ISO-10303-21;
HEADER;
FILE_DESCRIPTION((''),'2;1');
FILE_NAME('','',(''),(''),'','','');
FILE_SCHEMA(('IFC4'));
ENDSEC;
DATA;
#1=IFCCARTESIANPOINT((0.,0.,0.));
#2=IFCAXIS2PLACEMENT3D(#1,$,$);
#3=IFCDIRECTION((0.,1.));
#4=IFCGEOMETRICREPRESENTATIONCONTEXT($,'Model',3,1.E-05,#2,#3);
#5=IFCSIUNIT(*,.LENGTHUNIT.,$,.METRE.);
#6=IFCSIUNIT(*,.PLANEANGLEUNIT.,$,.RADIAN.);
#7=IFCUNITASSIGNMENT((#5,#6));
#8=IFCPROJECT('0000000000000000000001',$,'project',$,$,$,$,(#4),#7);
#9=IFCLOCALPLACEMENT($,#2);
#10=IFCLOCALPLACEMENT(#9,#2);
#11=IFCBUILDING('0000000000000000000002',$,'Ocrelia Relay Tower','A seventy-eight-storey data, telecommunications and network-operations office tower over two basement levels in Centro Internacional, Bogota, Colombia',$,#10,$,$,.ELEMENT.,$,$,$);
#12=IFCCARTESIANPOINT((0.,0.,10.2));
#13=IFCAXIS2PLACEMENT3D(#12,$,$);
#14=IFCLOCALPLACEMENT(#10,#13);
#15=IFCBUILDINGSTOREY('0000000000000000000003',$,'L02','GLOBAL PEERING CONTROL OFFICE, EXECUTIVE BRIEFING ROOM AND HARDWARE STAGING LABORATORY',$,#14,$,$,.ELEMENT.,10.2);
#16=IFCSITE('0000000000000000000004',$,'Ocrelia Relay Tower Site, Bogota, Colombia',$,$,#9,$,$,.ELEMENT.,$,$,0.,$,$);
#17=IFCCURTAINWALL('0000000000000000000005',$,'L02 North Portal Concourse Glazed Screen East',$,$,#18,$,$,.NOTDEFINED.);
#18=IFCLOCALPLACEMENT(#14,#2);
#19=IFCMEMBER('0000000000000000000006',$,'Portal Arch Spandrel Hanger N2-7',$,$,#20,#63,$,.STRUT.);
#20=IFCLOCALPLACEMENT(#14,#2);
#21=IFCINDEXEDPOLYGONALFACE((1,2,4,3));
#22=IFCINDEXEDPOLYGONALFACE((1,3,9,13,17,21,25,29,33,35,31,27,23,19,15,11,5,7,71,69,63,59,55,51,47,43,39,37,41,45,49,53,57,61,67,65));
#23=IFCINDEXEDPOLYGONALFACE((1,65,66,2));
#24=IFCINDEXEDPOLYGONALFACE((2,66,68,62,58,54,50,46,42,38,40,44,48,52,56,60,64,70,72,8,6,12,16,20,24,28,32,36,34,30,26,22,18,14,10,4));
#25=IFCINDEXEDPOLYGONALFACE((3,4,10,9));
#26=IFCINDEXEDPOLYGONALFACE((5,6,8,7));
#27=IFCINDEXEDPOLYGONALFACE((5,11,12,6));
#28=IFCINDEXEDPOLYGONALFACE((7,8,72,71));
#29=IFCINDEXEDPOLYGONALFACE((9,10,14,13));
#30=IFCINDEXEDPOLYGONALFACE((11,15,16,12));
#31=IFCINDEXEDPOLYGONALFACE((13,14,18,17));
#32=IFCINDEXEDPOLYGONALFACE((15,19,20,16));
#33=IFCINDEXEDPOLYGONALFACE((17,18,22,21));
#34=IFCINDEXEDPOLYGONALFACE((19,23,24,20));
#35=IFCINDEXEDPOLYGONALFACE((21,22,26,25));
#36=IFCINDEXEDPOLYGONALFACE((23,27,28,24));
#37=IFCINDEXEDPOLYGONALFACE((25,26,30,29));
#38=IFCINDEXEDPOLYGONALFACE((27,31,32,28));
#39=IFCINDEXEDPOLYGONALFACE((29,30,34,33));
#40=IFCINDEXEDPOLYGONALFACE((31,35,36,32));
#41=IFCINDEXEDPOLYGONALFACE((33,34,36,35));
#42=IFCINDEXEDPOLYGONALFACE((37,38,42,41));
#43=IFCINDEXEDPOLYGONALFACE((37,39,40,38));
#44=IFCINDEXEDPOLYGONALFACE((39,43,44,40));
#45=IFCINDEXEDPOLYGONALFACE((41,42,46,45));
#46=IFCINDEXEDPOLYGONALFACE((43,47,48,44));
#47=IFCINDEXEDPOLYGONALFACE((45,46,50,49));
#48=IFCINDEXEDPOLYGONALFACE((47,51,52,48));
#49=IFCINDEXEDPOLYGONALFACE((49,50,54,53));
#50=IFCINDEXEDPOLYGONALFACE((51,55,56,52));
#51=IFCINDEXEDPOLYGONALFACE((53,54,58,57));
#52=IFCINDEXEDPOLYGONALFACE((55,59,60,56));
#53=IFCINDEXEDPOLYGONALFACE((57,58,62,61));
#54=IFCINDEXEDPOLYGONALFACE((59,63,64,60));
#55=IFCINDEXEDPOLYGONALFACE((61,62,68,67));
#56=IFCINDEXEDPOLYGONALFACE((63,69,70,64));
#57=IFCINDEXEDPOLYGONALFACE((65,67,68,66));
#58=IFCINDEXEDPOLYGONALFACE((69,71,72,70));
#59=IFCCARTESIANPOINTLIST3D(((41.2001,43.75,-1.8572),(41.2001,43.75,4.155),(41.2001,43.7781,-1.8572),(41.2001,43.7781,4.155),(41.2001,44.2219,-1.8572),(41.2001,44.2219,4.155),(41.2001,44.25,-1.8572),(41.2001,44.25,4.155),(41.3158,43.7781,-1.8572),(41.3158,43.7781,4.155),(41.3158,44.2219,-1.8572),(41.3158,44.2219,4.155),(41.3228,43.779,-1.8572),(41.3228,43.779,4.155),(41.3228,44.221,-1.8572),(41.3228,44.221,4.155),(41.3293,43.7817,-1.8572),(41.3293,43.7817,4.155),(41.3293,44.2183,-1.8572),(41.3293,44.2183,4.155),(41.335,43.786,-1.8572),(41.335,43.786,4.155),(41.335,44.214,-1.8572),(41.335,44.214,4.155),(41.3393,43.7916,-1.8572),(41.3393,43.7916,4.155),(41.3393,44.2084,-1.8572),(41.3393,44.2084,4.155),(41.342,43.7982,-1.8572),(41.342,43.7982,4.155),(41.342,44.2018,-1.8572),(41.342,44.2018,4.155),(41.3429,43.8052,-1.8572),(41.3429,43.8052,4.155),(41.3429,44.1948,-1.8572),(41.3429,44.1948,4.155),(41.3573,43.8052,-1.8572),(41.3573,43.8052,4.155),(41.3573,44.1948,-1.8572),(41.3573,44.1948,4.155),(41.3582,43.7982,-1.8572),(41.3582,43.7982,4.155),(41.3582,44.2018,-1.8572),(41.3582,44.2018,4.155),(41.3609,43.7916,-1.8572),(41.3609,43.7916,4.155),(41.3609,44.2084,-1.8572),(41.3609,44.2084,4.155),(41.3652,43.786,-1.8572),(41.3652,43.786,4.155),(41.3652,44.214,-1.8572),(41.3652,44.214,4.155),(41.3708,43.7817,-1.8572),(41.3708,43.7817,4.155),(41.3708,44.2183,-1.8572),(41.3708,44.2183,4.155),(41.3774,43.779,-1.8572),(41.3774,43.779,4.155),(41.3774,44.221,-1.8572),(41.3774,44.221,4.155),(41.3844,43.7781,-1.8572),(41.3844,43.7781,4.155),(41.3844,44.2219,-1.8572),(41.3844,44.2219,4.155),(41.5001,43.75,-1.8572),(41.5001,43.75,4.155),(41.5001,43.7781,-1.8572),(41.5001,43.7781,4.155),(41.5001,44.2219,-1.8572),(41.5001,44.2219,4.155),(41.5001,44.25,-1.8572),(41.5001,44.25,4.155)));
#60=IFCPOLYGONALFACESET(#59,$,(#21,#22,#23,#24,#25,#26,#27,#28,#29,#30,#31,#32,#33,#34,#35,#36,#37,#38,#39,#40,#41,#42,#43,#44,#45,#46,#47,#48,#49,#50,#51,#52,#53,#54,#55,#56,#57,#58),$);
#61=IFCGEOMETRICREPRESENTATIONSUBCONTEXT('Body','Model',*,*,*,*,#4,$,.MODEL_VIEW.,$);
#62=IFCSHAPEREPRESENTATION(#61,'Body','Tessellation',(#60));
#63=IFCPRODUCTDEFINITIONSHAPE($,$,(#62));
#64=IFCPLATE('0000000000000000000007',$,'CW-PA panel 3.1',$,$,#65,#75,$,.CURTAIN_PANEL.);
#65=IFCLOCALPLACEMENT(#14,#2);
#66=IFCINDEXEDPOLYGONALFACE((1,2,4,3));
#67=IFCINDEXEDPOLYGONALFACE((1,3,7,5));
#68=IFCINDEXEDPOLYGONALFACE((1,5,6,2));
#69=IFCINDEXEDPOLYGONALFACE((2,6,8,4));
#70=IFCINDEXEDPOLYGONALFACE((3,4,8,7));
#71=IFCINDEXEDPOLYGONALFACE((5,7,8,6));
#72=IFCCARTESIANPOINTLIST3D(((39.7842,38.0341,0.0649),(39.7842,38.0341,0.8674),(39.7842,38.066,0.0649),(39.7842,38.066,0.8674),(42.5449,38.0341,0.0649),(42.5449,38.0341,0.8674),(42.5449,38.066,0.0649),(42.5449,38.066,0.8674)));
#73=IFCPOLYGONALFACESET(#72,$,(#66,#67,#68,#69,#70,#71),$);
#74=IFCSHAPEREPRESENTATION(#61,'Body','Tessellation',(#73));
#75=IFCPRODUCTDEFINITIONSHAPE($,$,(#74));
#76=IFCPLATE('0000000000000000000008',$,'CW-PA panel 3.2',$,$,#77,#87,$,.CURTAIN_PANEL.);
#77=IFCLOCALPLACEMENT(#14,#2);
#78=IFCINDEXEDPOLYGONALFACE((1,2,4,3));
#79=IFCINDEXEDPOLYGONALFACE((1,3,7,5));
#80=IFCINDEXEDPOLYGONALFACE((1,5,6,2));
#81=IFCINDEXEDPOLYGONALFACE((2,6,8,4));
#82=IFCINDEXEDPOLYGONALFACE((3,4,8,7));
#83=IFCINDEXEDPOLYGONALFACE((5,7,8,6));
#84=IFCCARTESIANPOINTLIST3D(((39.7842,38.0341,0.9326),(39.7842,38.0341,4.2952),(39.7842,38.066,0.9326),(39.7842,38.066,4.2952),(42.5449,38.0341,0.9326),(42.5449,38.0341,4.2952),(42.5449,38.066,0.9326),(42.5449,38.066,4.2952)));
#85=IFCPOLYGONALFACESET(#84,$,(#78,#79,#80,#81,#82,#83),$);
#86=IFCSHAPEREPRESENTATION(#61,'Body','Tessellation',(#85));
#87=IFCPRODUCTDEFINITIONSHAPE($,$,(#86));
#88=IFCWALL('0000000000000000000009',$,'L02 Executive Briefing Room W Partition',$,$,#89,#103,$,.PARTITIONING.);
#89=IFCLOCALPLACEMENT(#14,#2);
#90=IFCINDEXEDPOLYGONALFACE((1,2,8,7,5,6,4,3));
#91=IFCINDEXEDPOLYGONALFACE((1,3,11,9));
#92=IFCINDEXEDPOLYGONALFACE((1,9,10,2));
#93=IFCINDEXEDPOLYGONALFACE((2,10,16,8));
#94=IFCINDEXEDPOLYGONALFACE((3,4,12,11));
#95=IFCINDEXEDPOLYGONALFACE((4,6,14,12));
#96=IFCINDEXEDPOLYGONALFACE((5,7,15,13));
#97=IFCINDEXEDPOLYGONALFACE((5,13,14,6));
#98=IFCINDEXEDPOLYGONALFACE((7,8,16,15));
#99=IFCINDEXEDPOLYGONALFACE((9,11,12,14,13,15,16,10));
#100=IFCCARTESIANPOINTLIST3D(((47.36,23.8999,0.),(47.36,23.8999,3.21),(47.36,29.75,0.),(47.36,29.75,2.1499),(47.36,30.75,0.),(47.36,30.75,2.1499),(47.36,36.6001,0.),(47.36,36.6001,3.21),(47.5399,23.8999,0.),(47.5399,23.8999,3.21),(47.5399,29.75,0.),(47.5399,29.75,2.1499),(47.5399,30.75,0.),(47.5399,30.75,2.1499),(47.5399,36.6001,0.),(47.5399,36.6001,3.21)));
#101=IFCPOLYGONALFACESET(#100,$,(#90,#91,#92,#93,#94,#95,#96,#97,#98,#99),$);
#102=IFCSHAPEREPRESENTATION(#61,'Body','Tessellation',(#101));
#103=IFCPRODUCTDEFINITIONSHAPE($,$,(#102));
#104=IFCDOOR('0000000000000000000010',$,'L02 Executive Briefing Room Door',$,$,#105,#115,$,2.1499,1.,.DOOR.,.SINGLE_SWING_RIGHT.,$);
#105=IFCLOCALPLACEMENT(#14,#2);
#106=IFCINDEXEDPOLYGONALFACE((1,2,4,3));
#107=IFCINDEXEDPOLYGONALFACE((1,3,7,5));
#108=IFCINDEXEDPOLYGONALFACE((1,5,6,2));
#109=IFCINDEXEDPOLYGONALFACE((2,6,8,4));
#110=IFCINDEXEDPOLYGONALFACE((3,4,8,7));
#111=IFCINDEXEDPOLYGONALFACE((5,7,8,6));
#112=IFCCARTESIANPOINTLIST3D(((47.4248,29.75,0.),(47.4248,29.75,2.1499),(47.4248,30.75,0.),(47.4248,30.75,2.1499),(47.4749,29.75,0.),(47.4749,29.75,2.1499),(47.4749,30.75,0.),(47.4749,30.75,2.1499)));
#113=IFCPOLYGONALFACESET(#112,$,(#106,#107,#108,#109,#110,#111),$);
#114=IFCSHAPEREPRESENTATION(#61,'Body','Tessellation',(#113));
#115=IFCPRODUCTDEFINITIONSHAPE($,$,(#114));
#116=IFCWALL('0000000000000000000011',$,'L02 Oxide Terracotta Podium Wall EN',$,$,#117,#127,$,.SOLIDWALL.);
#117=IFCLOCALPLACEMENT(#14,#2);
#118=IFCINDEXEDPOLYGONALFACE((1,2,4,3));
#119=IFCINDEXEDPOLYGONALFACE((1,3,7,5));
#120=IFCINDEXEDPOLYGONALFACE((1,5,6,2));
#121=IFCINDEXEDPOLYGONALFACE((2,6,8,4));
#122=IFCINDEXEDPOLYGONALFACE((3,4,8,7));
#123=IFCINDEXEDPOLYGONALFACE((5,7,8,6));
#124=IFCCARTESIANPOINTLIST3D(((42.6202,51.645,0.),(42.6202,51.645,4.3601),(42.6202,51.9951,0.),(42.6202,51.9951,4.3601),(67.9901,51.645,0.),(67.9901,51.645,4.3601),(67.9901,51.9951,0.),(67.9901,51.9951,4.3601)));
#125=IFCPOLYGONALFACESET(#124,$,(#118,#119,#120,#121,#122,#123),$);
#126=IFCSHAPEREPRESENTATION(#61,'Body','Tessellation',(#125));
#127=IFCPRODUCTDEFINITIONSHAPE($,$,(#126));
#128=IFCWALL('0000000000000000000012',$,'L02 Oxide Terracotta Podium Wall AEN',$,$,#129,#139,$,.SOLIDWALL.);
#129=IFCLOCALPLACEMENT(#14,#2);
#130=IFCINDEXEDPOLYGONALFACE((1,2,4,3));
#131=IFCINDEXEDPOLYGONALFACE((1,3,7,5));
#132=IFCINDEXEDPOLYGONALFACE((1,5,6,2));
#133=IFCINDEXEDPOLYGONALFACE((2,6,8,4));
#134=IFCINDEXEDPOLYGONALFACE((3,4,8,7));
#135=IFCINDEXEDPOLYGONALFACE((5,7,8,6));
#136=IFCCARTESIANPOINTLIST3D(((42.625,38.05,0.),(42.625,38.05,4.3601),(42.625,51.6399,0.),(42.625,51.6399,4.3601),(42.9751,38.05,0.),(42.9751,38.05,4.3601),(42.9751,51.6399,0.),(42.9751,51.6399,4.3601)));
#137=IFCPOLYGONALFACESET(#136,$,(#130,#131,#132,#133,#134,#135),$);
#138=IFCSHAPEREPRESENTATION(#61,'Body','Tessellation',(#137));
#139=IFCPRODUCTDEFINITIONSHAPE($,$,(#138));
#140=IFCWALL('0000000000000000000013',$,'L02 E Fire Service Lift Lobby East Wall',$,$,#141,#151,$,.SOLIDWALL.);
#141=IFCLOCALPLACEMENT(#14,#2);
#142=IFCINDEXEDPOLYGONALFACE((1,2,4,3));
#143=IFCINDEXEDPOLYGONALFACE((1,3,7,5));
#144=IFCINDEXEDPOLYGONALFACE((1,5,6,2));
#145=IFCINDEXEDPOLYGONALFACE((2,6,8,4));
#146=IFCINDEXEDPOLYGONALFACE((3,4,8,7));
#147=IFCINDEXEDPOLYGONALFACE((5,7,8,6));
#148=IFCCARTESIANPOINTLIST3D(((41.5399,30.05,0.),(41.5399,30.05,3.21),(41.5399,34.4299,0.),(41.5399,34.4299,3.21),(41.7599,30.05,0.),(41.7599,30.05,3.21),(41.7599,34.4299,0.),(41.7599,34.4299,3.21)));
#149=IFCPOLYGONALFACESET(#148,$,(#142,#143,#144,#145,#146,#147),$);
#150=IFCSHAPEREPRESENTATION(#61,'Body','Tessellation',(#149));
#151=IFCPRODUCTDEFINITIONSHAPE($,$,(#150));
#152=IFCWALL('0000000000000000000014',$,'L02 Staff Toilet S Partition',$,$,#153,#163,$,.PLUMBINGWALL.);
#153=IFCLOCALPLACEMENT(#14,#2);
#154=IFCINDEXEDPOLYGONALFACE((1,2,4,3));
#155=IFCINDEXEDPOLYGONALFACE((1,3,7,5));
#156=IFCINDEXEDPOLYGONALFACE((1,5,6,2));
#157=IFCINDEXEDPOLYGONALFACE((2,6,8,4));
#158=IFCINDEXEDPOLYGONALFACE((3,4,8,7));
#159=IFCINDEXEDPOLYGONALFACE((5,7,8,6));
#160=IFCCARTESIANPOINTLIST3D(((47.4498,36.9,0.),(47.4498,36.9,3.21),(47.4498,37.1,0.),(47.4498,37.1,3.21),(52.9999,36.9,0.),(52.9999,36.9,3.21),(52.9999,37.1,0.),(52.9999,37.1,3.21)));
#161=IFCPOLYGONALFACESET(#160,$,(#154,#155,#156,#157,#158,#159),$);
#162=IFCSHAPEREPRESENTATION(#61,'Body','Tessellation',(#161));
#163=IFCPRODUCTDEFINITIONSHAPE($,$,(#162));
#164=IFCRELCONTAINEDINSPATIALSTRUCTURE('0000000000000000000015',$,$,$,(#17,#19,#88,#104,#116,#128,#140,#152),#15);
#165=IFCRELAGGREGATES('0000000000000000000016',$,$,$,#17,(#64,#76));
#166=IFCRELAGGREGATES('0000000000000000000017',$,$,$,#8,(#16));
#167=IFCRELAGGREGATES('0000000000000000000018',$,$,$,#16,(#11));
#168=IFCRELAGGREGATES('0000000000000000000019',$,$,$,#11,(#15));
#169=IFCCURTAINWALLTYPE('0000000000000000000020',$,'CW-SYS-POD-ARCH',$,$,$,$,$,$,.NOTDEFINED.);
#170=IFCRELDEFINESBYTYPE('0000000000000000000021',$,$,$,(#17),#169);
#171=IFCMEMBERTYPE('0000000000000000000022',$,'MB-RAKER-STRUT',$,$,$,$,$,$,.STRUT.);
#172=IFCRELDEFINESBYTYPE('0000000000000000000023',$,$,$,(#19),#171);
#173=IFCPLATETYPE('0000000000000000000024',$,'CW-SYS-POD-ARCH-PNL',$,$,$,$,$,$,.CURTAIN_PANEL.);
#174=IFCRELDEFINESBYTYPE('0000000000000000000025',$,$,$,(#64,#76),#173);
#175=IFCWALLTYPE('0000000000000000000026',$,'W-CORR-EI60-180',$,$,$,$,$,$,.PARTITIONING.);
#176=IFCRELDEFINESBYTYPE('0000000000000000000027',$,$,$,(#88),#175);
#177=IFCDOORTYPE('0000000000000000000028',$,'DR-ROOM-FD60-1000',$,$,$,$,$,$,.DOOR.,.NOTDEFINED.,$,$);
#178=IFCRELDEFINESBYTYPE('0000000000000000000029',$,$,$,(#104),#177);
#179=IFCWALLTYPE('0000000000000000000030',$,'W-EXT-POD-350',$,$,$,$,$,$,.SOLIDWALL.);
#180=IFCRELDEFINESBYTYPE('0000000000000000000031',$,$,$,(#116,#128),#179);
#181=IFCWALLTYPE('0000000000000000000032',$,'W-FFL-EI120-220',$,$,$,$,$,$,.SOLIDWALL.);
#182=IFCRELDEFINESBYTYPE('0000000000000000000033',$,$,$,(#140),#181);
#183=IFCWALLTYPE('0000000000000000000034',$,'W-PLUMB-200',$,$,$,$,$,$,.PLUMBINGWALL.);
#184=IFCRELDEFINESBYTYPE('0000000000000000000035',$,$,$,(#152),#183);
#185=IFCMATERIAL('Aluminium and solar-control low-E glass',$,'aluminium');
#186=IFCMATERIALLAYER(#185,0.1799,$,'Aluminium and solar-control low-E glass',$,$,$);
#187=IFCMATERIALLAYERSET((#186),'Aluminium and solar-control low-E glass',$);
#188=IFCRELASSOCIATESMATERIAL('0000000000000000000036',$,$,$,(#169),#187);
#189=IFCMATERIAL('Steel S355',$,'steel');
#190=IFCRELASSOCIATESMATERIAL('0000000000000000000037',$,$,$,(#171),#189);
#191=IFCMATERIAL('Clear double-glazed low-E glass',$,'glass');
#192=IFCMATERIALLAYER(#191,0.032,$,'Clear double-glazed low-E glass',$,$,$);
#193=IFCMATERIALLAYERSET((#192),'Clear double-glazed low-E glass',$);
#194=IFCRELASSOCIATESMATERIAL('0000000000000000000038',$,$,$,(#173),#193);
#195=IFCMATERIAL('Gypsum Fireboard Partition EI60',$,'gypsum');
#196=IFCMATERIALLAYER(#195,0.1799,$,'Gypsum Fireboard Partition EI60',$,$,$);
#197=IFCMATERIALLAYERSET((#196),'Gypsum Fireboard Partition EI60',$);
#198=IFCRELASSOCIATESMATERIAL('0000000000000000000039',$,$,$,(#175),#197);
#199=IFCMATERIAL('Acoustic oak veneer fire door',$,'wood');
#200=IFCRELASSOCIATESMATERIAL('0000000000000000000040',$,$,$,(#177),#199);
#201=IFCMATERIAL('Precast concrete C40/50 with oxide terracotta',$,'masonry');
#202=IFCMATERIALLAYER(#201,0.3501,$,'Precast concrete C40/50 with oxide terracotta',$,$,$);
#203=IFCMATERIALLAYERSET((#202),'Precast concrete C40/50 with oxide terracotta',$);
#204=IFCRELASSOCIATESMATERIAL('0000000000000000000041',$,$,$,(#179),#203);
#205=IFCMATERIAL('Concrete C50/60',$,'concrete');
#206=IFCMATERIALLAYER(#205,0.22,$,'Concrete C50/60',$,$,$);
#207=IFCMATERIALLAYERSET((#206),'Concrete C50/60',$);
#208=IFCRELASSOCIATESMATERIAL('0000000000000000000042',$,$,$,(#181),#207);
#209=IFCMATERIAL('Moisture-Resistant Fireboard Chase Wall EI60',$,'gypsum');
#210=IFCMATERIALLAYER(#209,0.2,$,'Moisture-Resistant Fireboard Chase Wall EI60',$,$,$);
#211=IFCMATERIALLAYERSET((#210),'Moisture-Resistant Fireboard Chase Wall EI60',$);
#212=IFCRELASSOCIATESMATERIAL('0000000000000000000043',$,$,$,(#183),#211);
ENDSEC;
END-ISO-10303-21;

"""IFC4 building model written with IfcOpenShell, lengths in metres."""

from ifc_helpers import new_model, si_unit, direction, frame, frame_2d, origin, origin_2d, place, context, subcontext, project, spatial, rectangle, i_section, extrude, material, layer, layer_set, material_profile, profile_set, type_object, element, fill, aggregate, save


model = new_model("IFC4")

# Units and contexts
model_context = context("Model", 3, precision=1e-05, world=origin(), true_north=direction((0.0, 1.0)))
body_context = subcontext(model_context, "Body", "Model", "MODEL_VIEW")
ifc_project = project(units=[si_unit("LENGTHUNIT", "METRE"), si_unit("PLANEANGLEUNIT", "RADIAN")], contexts=[model_context])

# Site, building, storey
site_placement = place(None, origin())
site = spatial("IfcSite", under=ifc_project, at=site_placement, Name="Ocrelia Relay Tower Site, Bogota, Colombia", CompositionType="ELEMENT", RefElevation=0.0)
building_placement = place(site_placement, origin())
building = spatial("IfcBuilding", under=site, at=building_placement, Name="Ocrelia Relay Tower", Description="A seventy-eight-storey data, telecommunications and network-operations office tower over two basement levels in Centro Internacional, Bogota, Colombia", CompositionType="ELEMENT")
storey_placement = place(building_placement, frame((0.0, 0.0, 10.2)))
storey = spatial("IfcBuildingStorey", under=building, at=storey_placement, Name="L02", Description="GLOBAL PEERING CONTROL OFFICE, EXECUTIVE BRIEFING ROOM AND HARDWARE STAGING LABORATORY", CompositionType="ELEMENT", Elevation=10.2)

# Shared definitions
ifc_material_1 = material(Name="Steel S355", Category="steel")

# Curtain wall
ifc_material_2 = material(Name="Aluminium and solar-control low-E glass", Category="aluminium")
ifc_layer_1 = layer(ifc_material_2, 0.1799, Name="Aluminium and solar-control low-E glass")
ifc_layer_set_1 = layer_set([ifc_layer_1], Name="Aluminium and solar-control low-E glass")
curtain_wall_type = type_object("IfcCurtainWallType", Name="CW-SYS-POD-ARCH", PredefinedType="NOTDEFINED", material=ifc_layer_set_1)
curtain_wall_placement = place(storey_placement, origin())
curtain_wall = element("IfcCurtainWall", 1, at=curtain_wall_placement, inside=storey, type_object=curtain_wall_type, Name="L02 North Portal Concourse Glazed Screen East", PredefinedType="NOTDEFINED")

# Member
ifc_material_profile_1 = material_profile(ifc_material_1, i_section(OverallWidth=0.3, OverallDepth=0.5, WebThickness=0.0144, FlangeThickness=0.0281, FilletRadius=0.0271, at=origin_2d()), Name="HEB 500")
ifc_profile_set_1 = profile_set([ifc_material_profile_1], Name="Steel S355")
member_type_1 = type_object("IfcMemberType", Name="MB-RAKER-STRUT", PredefinedType="STRUT", material=ifc_profile_set_1)
for number, where, z_axis, x_axis, name in (
    (2, (41.3501, 44.0, -1.8572), (0.0, 0.0, 1.0), (1.0, 0.0, 0.0), "Portal Arch Spandrel Hanger N2-7"),
):
    element("IfcMember", number, at=place(storey_placement, frame(where, z_axis=z_axis, x_axis=x_axis)), inside=storey, type_object=member_type_1, Name=name, PredefinedType="STRUT", context=body_context, shape_type="SweptSolid", body=[
        extrude(i_section(OverallWidth=0.3, OverallDepth=0.5, WebThickness=0.0144, FlangeThickness=0.0281, FilletRadius=0.0271, at=origin_2d()), origin(), (0.0, 0.0, 1.0), 6.0122),
    ])

# Plates
ifc_material_3 = material(Name="Clear double-glazed low-E glass", Category="glass")
ifc_layer_2 = layer(ifc_material_3, 0.032, Name="Clear double-glazed low-E glass")
ifc_layer_set_2 = layer_set([ifc_layer_2], Name="Clear double-glazed low-E glass")
plate_type = type_object("IfcPlateType", Name="CW-SYS-POD-ARCH-PNL", PredefinedType="CURTAIN_PANEL", material=ifc_layer_set_2)
plate_1_placement = place(storey_placement, frame((41.1646, 38.05, 0.0649), z_axis=(0.0, 0.0, 1.0), x_axis=(1.0, 0.0, 0.0)))
plate_1 = element("IfcPlate", 3, at=plate_1_placement, type_object=plate_type, Name="CW-PA panel 3.1", PredefinedType="CURTAIN_PANEL", context=body_context, shape_type="SweptSolid", body=[
    extrude(rectangle(XDim=2.7607, YDim=0.032, at=origin_2d()), origin(), (0.0, 0.0, 1.0), 0.8025),
])
plate_2_placement = place(storey_placement, frame((41.1646, 38.05, 0.9326), z_axis=(0.0, 0.0, 1.0), x_axis=(1.0, 0.0, 0.0)))
plate_2 = element("IfcPlate", 4, at=plate_2_placement, type_object=plate_type, Name="CW-PA panel 3.2", PredefinedType="CURTAIN_PANEL", context=body_context, shape_type="SweptSolid", body=[
    extrude(rectangle(XDim=2.7607, YDim=0.032, at=origin_2d()), origin(), (0.0, 0.0, 1.0), 3.3625),
])
aggregate(curtain_wall, [plate_1, plate_2])

# Wall, opening, door
ifc_material_4 = material(Name="Gypsum Fireboard Partition EI60", Category="gypsum")
ifc_layer_3 = layer(ifc_material_4, 0.1799, Name="Gypsum Fireboard Partition EI60")
ifc_layer_set_3 = layer_set([ifc_layer_3], Name="Gypsum Fireboard Partition EI60")
wall_type_1 = type_object("IfcWallType", Name="W-CORR-EI60-180", PredefinedType="PARTITIONING", material=ifc_layer_set_3)
wall_1_placement = place(storey_placement, frame((47.45, 36.6001, 0.0), z_axis=(0.0, 0.0, 1.0), x_axis=(0.0, -1.0, 0.0)))
wall_1 = element("IfcWall", 5, at=wall_1_placement, inside=storey, type_object=wall_type_1, Name="L02 Executive Briefing Room W Partition", PredefinedType="PARTITIONING", context=body_context, shape_type="SweptSolid", body=[
    extrude(rectangle(XDim=12.7002, YDim=0.1799, at=frame_2d((6.3501, 0.0))), origin(), (0.0, 0.0, 1.0), 3.21),
])
opening_placement = place(wall_1_placement, frame((5.8501, 0.0, 0.0)))
opening = element("IfcOpeningElement", 6, at=opening_placement, cuts=wall_1, PredefinedType="OPENING", context=body_context, shape_type="SweptSolid", body=[
    extrude(rectangle(XDim=1.0, YDim=2.1499, at=frame_2d((0.5, 1.075))), frame((0.0, 0.1001, 0.0), z_axis=(0.0, -1.0, 0.0), x_axis=(1.0, 0.0, 0.0)), (0.0, 0.0, 1.0), 0.2),
])
ifc_material_5 = material(Name="Acoustic oak veneer fire door", Category="wood")
door_type = type_object("IfcDoorType", Name="DR-ROOM-FD60-1000", OperationType="NOTDEFINED", PredefinedType="DOOR", material=ifc_material_5)
door_placement = place(opening_placement, origin())
door = element("IfcDoor", 7, at=door_placement, inside=storey, type_object=door_type, Name="L02 Executive Briefing Room Door", OperationType="SINGLE_SWING_RIGHT", OverallHeight=2.1499, OverallWidth=1.0, PredefinedType="DOOR", context=body_context, shape_type="SweptSolid", body=[
    extrude(rectangle(XDim=1.0, YDim=2.1499, at=frame_2d((0.5, 1.075))), frame((0.0, 0.0249, 0.0), z_axis=(0.0, -1.0, 0.0), x_axis=(1.0, 0.0, 0.0)), (0.0, 0.0, 1.0), 0.05),
])
fill(opening, door)

# Walls
ifc_material_6 = material(Name="Precast concrete C40/50 with oxide terracotta", Category="masonry")
ifc_layer_4 = layer(ifc_material_6, 0.3501, Name="Precast concrete C40/50 with oxide terracotta")
ifc_layer_set_4 = layer_set([ifc_layer_4], Name="Precast concrete C40/50 with oxide terracotta")
wall_type_2 = type_object("IfcWallType", Name="W-EXT-POD-350", PredefinedType="SOLIDWALL", material=ifc_layer_set_4)
wall_2_placement = place(storey_placement, frame((42.6201, 51.8201, 0.0), z_axis=(0.0, 0.0, 1.0), x_axis=(1.0, 0.0, 0.0)))
element("IfcWall", 8, at=wall_2_placement, inside=storey, type_object=wall_type_2, Name="L02 Oxide Terracotta Podium Wall EN", PredefinedType="SOLIDWALL", context=body_context, shape_type="SweptSolid", body=[
    extrude(rectangle(XDim=25.3699, YDim=0.3501, at=frame_2d((12.6851, 0.0))), origin(), (0.0, 0.0, 1.0), 4.3601),
])
wall_3_placement = place(storey_placement, frame((42.8, 38.05, 0.0), z_axis=(0.0, 0.0, 1.0), x_axis=(0.0, 1.0, 0.0)))
element("IfcWall", 9, at=wall_3_placement, inside=storey, type_object=wall_type_2, Name="L02 Oxide Terracotta Podium Wall AEN", PredefinedType="SOLIDWALL", context=body_context, shape_type="SweptSolid", body=[
    extrude(rectangle(XDim=13.5898, YDim=0.3501, at=frame_2d((6.7949, 0.0))), origin(), (0.0, 0.0, 1.0), 4.3601),
])
ifc_material_7 = material(Name="Concrete C50/60", Category="concrete")
ifc_layer_5 = layer(ifc_material_7, 0.22, Name="Concrete C50/60")
ifc_layer_set_5 = layer_set([ifc_layer_5], Name="Concrete C50/60")
wall_type_3 = type_object("IfcWallType", Name="W-FFL-EI120-220", PredefinedType="SOLIDWALL", material=ifc_layer_set_5)
wall_4_placement = place(storey_placement, frame((41.6499, 30.05, 0.0), z_axis=(0.0, 0.0, 1.0), x_axis=(0.0, 1.0, 0.0)))
element("IfcWall", 10, at=wall_4_placement, inside=storey, type_object=wall_type_3, Name="L02 E Fire Service Lift Lobby East Wall", PredefinedType="SOLIDWALL", context=body_context, shape_type="SweptSolid", body=[
    extrude(rectangle(XDim=4.3799, YDim=0.22, at=frame_2d((2.1899, 0.0))), origin(), (0.0, 0.0, 1.0), 3.21),
])
ifc_material_8 = material(Name="Moisture-Resistant Fireboard Chase Wall EI60", Category="gypsum")
ifc_layer_6 = layer(ifc_material_8, 0.2, Name="Moisture-Resistant Fireboard Chase Wall EI60")
ifc_layer_set_6 = layer_set([ifc_layer_6], Name="Moisture-Resistant Fireboard Chase Wall EI60")
wall_type_4 = type_object("IfcWallType", Name="W-PLUMB-200", PredefinedType="PLUMBINGWALL", material=ifc_layer_set_6)
wall_5_placement = place(storey_placement, frame((47.45, 37.0, 0.0), z_axis=(0.0, 0.0, 1.0), x_axis=(1.0, 0.0, 0.0)))
element("IfcWall", 11, at=wall_5_placement, inside=storey, type_object=wall_type_4, Name="L02 Staff Toilet S Partition", PredefinedType="PLUMBINGWALL", context=body_context, shape_type="SweptSolid", body=[
    extrude(rectangle(XDim=5.55, YDim=0.2, at=frame_2d((2.7749, 0.0))), origin(), (0.0, 0.0, 1.0), 3.21),
])

save(model, "model.ifc")
